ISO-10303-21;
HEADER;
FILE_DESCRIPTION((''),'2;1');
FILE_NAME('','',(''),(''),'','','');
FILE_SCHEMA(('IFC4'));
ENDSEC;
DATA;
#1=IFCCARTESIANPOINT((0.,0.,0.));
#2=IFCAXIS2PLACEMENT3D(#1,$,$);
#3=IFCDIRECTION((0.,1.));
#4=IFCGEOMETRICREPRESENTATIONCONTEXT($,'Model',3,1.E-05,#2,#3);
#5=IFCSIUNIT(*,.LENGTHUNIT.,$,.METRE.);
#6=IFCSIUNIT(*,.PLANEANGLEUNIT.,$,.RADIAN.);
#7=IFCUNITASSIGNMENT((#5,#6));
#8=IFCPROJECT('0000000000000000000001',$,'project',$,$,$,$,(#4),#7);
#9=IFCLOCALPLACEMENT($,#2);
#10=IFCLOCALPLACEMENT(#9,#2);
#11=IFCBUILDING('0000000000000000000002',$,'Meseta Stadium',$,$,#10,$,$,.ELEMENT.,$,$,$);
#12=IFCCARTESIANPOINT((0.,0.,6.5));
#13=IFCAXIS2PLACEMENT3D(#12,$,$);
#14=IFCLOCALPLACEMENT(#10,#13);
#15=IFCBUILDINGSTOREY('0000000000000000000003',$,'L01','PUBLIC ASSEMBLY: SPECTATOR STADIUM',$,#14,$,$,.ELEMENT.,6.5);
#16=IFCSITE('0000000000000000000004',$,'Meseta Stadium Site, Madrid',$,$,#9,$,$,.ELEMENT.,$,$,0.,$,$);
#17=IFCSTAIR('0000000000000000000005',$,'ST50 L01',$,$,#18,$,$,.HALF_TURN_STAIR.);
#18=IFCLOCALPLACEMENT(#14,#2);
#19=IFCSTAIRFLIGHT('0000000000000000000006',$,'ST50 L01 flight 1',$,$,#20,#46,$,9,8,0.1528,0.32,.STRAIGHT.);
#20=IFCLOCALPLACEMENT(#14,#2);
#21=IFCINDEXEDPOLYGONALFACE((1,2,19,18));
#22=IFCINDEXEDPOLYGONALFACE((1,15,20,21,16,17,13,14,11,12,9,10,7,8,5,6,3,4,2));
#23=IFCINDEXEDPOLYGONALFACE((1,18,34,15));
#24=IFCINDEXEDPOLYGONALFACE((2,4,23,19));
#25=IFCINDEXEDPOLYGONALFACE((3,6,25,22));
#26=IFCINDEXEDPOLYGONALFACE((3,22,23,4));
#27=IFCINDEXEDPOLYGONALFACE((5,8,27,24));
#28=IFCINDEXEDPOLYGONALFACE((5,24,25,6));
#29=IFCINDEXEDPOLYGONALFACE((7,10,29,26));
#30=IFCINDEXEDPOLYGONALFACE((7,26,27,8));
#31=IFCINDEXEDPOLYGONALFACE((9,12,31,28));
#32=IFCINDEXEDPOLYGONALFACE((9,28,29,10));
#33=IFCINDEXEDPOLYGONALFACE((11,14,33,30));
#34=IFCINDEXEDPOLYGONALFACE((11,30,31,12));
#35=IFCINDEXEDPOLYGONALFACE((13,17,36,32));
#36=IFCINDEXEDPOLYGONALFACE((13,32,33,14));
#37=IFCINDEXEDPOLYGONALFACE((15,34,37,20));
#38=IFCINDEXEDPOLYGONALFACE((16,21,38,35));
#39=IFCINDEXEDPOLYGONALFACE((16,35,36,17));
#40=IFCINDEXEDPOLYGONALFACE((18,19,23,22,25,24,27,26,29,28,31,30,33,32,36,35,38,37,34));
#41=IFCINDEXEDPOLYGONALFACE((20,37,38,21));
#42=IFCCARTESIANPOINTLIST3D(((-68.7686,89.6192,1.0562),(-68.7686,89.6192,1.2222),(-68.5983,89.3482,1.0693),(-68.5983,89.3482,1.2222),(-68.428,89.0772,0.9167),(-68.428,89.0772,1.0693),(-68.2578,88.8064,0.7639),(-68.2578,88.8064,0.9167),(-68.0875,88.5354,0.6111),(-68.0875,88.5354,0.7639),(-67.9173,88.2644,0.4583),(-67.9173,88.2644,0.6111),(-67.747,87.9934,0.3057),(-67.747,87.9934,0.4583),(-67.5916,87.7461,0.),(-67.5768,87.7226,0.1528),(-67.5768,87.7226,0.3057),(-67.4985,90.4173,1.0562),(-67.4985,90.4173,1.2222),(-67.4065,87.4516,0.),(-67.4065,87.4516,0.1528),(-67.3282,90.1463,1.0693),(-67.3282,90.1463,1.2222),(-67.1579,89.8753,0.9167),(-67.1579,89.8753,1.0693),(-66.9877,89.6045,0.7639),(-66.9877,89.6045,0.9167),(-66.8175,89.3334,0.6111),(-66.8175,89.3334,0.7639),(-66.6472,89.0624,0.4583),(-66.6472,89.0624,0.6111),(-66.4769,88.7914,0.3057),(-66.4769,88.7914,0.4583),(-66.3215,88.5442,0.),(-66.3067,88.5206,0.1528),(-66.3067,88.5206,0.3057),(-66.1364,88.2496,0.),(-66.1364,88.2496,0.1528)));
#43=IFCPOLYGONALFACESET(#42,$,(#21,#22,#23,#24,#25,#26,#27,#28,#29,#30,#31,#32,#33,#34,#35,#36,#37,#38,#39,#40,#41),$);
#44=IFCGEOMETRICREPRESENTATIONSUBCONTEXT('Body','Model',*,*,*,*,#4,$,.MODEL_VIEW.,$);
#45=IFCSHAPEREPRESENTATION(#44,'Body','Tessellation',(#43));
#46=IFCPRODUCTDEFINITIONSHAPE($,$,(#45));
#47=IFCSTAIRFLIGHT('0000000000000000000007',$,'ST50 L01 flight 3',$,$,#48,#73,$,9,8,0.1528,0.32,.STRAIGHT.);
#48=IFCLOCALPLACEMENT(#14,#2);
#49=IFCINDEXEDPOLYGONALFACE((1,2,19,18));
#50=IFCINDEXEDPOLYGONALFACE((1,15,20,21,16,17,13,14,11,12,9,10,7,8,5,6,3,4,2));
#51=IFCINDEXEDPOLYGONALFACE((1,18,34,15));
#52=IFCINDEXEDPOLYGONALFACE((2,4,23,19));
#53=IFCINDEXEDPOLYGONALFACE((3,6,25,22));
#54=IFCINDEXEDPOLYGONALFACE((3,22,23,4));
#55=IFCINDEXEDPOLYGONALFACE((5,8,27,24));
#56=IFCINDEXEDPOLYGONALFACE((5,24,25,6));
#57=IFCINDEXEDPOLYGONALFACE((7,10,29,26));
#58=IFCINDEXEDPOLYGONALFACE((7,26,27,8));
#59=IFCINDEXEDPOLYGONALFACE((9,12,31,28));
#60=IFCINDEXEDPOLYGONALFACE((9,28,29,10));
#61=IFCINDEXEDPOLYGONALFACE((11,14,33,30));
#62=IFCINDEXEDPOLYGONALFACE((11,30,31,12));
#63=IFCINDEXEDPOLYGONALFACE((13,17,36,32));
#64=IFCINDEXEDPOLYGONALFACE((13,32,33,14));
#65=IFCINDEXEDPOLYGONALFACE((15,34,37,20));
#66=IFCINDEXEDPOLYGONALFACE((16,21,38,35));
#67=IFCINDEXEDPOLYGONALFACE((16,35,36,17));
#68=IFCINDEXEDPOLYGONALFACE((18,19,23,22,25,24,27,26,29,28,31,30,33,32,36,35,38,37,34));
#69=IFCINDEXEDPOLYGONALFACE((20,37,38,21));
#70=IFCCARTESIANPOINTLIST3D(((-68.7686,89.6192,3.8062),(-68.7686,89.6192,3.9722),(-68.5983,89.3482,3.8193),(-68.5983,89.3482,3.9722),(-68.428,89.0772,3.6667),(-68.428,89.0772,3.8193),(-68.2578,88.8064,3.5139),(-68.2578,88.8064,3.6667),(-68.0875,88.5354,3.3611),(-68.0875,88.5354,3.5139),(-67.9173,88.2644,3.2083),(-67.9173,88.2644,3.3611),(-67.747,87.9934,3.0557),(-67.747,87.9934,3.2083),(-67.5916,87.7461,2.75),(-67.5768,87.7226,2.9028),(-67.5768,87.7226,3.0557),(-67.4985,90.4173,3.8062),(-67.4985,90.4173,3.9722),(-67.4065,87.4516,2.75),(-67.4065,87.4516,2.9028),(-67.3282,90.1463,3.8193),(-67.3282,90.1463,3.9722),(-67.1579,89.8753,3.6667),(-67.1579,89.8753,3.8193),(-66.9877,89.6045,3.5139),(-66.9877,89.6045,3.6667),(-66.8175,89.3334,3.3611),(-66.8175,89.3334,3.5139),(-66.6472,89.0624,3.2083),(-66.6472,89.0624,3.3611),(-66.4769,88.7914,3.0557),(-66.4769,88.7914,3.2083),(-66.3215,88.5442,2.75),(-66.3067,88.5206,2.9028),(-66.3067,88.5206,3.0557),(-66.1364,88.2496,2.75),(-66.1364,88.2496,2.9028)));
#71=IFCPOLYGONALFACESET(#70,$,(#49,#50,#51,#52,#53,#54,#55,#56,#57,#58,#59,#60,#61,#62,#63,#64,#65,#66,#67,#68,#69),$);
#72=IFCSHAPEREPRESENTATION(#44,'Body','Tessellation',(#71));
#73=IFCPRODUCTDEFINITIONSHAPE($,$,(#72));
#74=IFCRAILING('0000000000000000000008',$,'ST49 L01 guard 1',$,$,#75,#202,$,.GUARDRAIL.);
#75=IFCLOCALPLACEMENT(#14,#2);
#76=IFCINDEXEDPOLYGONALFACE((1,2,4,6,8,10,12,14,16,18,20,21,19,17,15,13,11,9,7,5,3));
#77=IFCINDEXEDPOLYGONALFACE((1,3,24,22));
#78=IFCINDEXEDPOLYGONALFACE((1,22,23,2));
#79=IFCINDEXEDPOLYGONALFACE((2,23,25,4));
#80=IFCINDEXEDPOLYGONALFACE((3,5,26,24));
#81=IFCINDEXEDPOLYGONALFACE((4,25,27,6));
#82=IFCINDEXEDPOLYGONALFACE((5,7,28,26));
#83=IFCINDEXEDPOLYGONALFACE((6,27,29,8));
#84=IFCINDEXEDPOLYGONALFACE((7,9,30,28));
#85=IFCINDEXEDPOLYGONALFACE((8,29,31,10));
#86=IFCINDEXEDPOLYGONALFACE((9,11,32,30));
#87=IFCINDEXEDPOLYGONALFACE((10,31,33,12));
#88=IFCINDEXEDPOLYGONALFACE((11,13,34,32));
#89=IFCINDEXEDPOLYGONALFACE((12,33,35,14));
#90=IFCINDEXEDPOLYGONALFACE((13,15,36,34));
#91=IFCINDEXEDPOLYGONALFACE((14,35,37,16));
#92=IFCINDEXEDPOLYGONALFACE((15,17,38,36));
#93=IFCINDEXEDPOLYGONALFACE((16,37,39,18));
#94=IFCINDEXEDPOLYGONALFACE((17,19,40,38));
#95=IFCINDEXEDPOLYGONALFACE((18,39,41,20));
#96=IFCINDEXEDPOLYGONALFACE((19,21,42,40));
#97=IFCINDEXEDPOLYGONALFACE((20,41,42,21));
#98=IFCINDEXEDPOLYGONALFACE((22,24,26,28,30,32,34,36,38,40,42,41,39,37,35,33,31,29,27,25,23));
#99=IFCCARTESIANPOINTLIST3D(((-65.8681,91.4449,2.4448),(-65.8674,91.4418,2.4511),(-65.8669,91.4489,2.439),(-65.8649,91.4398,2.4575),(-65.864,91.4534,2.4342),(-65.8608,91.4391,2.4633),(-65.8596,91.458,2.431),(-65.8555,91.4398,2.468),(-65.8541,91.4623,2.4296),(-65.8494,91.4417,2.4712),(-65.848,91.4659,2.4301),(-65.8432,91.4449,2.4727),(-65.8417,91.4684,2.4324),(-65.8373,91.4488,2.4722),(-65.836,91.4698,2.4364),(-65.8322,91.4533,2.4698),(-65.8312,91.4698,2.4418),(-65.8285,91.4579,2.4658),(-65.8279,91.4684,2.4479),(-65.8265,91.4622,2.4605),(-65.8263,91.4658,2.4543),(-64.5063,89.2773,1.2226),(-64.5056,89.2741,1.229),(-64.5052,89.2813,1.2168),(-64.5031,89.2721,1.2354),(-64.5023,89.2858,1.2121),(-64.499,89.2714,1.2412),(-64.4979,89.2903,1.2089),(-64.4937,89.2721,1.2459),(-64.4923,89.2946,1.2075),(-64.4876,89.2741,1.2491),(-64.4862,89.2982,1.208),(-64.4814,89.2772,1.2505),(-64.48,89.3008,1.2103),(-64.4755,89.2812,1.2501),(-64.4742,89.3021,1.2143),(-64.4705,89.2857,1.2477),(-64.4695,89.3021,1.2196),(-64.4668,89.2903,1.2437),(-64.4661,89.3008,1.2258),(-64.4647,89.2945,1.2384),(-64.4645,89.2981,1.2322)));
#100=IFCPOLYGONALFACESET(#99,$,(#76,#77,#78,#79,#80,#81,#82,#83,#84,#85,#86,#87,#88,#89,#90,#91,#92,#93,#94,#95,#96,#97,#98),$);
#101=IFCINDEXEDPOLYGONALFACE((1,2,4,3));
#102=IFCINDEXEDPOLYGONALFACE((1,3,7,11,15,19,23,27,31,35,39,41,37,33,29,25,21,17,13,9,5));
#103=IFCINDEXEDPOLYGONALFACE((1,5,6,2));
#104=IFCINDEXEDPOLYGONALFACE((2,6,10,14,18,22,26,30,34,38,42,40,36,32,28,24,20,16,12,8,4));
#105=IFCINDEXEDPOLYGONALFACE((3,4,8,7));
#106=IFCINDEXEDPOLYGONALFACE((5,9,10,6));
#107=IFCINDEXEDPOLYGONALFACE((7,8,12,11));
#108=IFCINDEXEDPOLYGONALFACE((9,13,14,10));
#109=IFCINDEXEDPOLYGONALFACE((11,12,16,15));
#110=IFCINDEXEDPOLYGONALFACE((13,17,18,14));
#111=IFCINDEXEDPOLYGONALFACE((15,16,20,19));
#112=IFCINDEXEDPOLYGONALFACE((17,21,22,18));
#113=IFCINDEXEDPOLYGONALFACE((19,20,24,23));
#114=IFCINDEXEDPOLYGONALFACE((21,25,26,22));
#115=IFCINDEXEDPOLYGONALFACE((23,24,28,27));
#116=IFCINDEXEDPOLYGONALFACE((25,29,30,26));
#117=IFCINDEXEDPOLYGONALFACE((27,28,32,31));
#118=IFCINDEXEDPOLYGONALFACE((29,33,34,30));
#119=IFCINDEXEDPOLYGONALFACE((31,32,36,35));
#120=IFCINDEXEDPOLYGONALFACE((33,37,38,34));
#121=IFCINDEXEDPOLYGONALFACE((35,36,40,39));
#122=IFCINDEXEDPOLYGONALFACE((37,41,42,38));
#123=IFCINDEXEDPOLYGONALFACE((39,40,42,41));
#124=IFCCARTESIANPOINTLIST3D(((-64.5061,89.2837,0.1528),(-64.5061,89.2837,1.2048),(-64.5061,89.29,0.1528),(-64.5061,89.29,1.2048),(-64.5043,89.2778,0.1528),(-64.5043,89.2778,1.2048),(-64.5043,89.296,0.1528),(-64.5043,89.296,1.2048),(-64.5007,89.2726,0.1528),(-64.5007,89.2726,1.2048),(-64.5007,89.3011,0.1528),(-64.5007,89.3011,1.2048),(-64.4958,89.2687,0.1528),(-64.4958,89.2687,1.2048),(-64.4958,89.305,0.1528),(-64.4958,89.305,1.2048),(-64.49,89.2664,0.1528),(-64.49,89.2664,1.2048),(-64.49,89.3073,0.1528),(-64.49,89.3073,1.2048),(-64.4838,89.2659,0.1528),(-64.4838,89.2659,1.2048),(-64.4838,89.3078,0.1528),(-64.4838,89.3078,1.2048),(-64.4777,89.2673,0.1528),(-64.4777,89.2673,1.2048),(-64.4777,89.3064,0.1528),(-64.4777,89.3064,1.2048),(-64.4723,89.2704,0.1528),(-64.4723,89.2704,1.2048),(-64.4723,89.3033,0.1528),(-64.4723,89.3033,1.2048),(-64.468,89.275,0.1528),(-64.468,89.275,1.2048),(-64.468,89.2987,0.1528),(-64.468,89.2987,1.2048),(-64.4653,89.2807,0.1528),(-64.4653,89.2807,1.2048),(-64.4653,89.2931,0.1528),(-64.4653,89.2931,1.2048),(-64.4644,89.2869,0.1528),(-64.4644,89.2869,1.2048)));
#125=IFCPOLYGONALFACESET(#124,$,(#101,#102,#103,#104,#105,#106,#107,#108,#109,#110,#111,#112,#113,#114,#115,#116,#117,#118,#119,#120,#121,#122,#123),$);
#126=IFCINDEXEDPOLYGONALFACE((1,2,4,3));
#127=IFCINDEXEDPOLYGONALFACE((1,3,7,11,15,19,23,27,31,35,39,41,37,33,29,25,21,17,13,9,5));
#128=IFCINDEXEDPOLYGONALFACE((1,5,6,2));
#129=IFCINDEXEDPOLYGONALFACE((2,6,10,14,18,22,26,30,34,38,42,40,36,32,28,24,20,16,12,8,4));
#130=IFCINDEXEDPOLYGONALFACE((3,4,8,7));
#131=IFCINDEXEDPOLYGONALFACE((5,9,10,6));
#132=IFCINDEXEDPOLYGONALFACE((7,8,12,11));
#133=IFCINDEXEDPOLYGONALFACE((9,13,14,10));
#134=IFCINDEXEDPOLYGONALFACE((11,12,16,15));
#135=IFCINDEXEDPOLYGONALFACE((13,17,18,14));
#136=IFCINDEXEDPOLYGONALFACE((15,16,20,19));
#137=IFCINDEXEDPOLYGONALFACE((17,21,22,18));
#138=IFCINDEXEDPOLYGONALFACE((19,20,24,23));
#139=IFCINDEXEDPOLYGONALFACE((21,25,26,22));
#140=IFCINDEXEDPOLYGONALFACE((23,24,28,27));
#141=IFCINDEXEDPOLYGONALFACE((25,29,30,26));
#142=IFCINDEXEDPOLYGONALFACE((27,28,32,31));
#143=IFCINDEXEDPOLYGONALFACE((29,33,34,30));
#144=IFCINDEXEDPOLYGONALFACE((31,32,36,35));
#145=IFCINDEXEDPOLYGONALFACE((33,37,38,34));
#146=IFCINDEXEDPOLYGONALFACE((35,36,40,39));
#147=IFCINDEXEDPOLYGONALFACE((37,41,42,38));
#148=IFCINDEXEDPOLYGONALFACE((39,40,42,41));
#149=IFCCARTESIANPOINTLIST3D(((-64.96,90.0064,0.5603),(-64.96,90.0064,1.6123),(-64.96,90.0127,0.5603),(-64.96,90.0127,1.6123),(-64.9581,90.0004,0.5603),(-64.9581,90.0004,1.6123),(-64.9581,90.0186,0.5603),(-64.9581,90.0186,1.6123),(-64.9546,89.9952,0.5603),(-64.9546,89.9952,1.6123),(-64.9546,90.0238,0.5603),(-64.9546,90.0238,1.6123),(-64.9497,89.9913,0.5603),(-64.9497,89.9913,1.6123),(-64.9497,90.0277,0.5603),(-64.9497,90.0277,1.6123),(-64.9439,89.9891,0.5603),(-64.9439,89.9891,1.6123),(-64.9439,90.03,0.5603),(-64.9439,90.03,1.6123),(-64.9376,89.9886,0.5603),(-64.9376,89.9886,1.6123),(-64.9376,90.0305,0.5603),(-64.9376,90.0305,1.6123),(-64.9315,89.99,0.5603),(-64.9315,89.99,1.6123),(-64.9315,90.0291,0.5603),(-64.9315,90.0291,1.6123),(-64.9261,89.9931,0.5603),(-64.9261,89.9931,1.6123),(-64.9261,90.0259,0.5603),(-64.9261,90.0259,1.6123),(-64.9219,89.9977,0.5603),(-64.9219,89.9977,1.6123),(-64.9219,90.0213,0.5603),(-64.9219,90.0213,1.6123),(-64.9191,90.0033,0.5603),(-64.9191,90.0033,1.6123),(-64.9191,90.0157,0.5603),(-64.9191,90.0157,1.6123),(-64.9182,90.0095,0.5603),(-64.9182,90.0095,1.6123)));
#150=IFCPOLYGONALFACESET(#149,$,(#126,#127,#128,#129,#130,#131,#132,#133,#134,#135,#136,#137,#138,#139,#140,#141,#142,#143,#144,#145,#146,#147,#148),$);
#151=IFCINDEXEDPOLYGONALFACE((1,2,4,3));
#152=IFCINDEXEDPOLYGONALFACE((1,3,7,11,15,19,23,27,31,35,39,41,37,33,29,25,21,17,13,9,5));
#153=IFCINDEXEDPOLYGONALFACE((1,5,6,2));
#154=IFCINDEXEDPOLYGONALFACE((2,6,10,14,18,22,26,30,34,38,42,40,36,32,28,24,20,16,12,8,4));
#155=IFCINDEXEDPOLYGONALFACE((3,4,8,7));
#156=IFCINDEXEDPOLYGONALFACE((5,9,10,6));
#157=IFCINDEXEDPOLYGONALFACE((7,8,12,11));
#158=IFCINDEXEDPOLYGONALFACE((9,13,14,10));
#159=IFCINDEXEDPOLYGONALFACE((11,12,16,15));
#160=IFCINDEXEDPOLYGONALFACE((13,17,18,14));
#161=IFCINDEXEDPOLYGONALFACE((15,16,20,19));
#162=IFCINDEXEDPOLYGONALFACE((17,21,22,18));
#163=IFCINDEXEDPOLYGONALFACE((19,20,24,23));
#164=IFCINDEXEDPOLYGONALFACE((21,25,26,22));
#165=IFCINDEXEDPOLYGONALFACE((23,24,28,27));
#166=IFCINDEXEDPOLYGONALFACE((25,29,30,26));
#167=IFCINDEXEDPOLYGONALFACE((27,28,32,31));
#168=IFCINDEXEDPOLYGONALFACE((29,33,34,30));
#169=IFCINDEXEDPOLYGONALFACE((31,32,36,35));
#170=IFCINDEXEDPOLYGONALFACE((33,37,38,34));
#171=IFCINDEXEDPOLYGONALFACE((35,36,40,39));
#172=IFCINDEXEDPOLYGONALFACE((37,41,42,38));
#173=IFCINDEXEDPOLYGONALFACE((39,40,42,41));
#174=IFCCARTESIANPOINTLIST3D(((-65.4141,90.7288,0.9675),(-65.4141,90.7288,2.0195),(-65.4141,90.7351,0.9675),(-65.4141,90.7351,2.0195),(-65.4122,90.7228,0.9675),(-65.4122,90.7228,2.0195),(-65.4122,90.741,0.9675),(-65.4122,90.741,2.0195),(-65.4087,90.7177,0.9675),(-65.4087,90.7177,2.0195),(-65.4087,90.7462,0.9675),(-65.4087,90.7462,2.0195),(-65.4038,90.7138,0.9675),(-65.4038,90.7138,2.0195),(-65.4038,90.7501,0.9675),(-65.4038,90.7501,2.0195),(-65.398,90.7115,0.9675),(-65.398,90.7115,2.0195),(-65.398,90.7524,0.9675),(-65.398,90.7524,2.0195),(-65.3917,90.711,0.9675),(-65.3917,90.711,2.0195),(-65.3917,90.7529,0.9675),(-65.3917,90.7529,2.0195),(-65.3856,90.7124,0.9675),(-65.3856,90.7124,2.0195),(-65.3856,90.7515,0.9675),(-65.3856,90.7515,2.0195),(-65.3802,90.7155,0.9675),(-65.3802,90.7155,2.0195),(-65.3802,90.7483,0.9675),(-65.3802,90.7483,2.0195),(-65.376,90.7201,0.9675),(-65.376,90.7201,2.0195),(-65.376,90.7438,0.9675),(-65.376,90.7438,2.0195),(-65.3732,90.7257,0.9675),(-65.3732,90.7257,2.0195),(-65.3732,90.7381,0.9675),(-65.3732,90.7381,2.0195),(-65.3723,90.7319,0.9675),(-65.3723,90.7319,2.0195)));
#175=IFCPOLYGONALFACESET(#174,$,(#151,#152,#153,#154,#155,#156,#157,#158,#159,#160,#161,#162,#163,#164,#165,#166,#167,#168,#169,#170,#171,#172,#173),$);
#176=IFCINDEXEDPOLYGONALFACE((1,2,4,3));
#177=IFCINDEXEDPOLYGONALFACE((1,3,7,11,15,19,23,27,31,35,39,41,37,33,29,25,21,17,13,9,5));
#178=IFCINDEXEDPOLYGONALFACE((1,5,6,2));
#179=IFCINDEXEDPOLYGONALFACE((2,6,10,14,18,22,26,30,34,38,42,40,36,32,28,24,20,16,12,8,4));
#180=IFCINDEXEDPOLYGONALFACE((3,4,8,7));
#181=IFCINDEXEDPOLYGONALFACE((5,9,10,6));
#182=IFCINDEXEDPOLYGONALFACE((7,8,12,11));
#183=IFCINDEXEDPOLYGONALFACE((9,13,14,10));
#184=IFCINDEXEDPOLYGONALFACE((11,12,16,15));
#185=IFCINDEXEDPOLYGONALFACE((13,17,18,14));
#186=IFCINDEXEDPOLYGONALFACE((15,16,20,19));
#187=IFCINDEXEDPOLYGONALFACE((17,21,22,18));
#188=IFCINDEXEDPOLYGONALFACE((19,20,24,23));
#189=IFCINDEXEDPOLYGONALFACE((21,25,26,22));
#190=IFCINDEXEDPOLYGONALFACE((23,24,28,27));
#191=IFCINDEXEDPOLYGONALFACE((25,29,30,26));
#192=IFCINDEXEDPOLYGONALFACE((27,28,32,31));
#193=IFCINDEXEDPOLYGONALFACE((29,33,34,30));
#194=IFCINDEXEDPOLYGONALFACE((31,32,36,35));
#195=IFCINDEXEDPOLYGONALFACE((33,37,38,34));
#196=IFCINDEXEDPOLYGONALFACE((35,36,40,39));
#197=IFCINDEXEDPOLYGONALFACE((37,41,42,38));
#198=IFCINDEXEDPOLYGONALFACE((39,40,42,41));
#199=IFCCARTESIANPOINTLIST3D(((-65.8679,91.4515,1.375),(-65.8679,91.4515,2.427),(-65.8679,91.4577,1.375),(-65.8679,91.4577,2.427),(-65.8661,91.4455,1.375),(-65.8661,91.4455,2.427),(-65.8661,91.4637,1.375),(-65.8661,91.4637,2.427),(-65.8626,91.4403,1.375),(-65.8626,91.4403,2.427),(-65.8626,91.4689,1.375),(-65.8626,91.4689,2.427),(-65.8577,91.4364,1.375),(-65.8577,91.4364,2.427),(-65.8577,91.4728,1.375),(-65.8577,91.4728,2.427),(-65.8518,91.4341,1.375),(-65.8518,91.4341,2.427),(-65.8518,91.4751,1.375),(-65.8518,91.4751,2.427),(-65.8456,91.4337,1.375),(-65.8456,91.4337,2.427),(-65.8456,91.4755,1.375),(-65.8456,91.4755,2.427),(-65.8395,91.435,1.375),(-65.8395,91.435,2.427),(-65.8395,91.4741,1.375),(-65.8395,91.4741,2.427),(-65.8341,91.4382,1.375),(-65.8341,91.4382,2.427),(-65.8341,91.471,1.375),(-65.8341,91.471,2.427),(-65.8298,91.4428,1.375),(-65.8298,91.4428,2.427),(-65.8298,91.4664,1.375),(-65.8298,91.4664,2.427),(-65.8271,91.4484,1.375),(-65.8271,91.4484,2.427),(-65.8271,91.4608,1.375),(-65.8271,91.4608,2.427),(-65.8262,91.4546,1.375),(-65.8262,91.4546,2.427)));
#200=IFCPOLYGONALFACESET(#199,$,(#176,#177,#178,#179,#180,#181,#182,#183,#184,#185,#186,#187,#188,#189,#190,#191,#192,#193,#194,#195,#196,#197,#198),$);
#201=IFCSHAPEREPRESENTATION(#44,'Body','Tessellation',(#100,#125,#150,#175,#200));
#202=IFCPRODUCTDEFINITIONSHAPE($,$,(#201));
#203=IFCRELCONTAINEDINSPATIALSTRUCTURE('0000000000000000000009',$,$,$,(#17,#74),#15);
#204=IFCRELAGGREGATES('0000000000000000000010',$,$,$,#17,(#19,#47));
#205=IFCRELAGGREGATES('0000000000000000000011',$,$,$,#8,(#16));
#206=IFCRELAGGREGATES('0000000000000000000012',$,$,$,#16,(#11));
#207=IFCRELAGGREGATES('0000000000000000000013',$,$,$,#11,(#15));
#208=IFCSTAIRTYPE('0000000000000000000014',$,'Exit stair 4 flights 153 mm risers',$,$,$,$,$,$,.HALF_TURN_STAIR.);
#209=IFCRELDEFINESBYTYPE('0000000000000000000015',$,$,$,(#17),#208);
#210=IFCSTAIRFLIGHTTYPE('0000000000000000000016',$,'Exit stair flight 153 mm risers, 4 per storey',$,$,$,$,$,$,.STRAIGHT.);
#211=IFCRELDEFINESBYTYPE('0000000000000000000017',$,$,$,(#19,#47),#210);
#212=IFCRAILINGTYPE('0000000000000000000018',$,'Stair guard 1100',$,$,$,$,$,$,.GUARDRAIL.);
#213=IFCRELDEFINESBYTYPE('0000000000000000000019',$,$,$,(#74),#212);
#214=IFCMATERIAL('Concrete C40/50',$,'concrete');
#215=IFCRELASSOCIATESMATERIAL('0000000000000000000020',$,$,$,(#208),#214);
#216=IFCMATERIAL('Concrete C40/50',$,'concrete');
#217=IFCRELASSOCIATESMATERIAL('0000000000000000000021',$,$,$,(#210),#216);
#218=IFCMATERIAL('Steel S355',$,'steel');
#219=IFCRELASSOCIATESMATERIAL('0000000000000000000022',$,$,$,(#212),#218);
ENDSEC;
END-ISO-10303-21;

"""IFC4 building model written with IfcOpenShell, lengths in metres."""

from ifc_helpers import new_model, si_unit, direction, frame, origin, origin_2d, place, context, subcontext, project, spatial, polyline, circle, outline, extrude, material, type_object, element, aggregate, save


model = new_model("IFC4")

# Units and contexts
model_context = context("Model", 3, precision=1e-05, world=origin(), true_north=direction((0.0, 1.0)))
body_context = subcontext(model_context, "Body", "Model", "MODEL_VIEW")
ifc_project = project(units=[si_unit("LENGTHUNIT", "METRE"), si_unit("PLANEANGLEUNIT", "RADIAN")], contexts=[model_context])

# Site, building, storey
site_placement = place(None, origin())
site = spatial("IfcSite", under=ifc_project, at=site_placement, Name="Meseta Stadium Site, Madrid", CompositionType="ELEMENT", RefElevation=0.0)
building_placement = place(site_placement, origin())
building = spatial("IfcBuilding", under=site, at=building_placement, Name="Meseta Stadium", CompositionType="ELEMENT")
storey_placement = place(building_placement, frame((0.0, 0.0, 6.5)))
storey = spatial("IfcBuildingStorey", under=building, at=storey_placement, Name="L01", Description="PUBLIC ASSEMBLY: SPECTATOR STADIUM", CompositionType="ELEMENT", Elevation=6.5)

# Stair, stair flights
ifc_material_1 = material(Name="Concrete C40/50", Category="concrete")
stair_type = type_object("IfcStairType", Name="Exit stair 4 flights 153 mm risers", PredefinedType="HALF_TURN_STAIR", material=ifc_material_1)
ifc_material_2 = material(Name="Concrete C40/50", Category="concrete")
stair_flight_type = type_object("IfcStairFlightType", Name="Exit stair flight 153 mm risers, 4 per storey", PredefinedType="STRAIGHT", material=ifc_material_2)
stair_1_placement = place(storey_placement, origin())
stair_1 = element("IfcStair", 1, at=stair_1_placement, inside=storey, type_object=stair_type, Name="ST50 L01", PredefinedType="HALF_TURN_STAIR")
stair_flight_1_placement = place(storey_placement, frame((-66.7715, 87.8506, 0.0), z_axis=(0.0, 0.0, 1.0), x_axis=(-0.532032, 0.846724, 0.0)))
stair_flight_1 = element("IfcStairFlight", 2, at=stair_flight_1_placement, type_object=stair_flight_type, Name="ST50 L01 flight 1", NumberOfRisers=9, NumberOfTreads=8, PredefinedType="STRAIGHT", RiserHeight=0.1528, TreadLength=0.32, context=body_context, shape_type="SweptSolid", body=[
    extrude(outline(polyline([(0.0, 0.0), (0.0, 0.1528), (0.3201, 0.1528), (0.3201, 0.3057), (0.6399, 0.3057), (0.6399, 0.4583), (0.96, 0.4583), (0.96, 0.6111), (1.28, 0.6111), (1.28, 0.7639), (1.6001, 0.7639), (1.6001, 0.9167), (1.9199, 0.9167), (1.9199, 1.0693), (2.24, 1.0693), (2.24, 1.2222), (2.5601, 1.2222), (2.5601, 1.0562), (0.3479, 0.0), (0.0, 0.0)])), frame((0.0, 0.75, 0.0), z_axis=(0.0, -1.0, 0.0), x_axis=(1.0, 0.0, 0.0)), (0.0, 0.0, 1.0), 1.5),
])
stair_flight_2_placement = place(storey_placement, frame((-66.7715, 87.8506, 2.75), z_axis=(0.0, 0.0, 1.0), x_axis=(-0.532032, 0.846724, 0.0)))
stair_flight_2 = element("IfcStairFlight", 3, at=stair_flight_2_placement, type_object=stair_flight_type, Name="ST50 L01 flight 3", NumberOfRisers=9, NumberOfTreads=8, PredefinedType="STRAIGHT", RiserHeight=0.1528, TreadLength=0.32, context=body_context, shape_type="SweptSolid", body=[
    extrude(outline(polyline([(0.0, 0.0), (0.0, 0.1528), (0.3201, 0.1528), (0.3201, 0.3057), (0.6399, 0.3057), (0.6399, 0.4583), (0.96, 0.4583), (0.96, 0.6111), (1.28, 0.6111), (1.28, 0.7639), (1.6001, 0.7639), (1.6001, 0.9167), (1.9199, 0.9167), (1.9199, 1.0693), (2.24, 1.0693), (2.24, 1.2222), (2.5601, 1.2222), (2.5601, 1.0562), (0.3479, 0.0), (0.0, 0.0)])), frame((0.0, 0.75, 0.0), z_axis=(0.0, -1.0, 0.0), x_axis=(1.0, 0.0, 0.0)), (0.0, 0.0, 1.0), 1.5),
])
aggregate(stair_1, [stair_flight_1, stair_flight_2])

# Railing
ifc_material_3 = material(Name="Steel S355", Category="steel")
railing_type_1 = type_object("IfcRailingType", Name="Stair guard 1100", PredefinedType="GUARDRAIL", material=ifc_material_3)
railing_1_placement = place(storey_placement, frame((-64.4854, 89.2869, 0.1528)))
element("IfcRailing", 4, at=railing_1_placement, inside=storey, type_object=railing_type_1, Name="ST49 L01 guard 1", PredefinedType="GUARDRAIL", context=body_context, shape_type="SweptSolid", body=[
    extrude(circle(Radius=0.0239, at=origin_2d()), frame((0.0, 0.0, 1.0762), z_axis=(-0.480059, 0.764152, 0.430831), x_axis=(-0.846769, -0.531961, 0.0)), (0.0, 0.0, 1.0), 2.8367),
    extrude(circle(Radius=0.021, at=origin_2d()), origin(), (0.0, 0.0, 1.0), 1.052),
    extrude(circle(Radius=0.021, at=origin_2d()), frame((-0.4539, 0.7227, 0.4075)), (0.0, 0.0, 1.0), 1.052),
    extrude(circle(Radius=0.021, at=origin_2d()), frame((-0.908, 1.4451, 0.8147)), (0.0, 0.0, 1.0), 1.052),
    extrude(circle(Radius=0.021, at=origin_2d()), frame((-1.3618, 2.1677, 1.2222)), (0.0, 0.0, 1.0), 1.052),
])

save(model, "model.ifc")
